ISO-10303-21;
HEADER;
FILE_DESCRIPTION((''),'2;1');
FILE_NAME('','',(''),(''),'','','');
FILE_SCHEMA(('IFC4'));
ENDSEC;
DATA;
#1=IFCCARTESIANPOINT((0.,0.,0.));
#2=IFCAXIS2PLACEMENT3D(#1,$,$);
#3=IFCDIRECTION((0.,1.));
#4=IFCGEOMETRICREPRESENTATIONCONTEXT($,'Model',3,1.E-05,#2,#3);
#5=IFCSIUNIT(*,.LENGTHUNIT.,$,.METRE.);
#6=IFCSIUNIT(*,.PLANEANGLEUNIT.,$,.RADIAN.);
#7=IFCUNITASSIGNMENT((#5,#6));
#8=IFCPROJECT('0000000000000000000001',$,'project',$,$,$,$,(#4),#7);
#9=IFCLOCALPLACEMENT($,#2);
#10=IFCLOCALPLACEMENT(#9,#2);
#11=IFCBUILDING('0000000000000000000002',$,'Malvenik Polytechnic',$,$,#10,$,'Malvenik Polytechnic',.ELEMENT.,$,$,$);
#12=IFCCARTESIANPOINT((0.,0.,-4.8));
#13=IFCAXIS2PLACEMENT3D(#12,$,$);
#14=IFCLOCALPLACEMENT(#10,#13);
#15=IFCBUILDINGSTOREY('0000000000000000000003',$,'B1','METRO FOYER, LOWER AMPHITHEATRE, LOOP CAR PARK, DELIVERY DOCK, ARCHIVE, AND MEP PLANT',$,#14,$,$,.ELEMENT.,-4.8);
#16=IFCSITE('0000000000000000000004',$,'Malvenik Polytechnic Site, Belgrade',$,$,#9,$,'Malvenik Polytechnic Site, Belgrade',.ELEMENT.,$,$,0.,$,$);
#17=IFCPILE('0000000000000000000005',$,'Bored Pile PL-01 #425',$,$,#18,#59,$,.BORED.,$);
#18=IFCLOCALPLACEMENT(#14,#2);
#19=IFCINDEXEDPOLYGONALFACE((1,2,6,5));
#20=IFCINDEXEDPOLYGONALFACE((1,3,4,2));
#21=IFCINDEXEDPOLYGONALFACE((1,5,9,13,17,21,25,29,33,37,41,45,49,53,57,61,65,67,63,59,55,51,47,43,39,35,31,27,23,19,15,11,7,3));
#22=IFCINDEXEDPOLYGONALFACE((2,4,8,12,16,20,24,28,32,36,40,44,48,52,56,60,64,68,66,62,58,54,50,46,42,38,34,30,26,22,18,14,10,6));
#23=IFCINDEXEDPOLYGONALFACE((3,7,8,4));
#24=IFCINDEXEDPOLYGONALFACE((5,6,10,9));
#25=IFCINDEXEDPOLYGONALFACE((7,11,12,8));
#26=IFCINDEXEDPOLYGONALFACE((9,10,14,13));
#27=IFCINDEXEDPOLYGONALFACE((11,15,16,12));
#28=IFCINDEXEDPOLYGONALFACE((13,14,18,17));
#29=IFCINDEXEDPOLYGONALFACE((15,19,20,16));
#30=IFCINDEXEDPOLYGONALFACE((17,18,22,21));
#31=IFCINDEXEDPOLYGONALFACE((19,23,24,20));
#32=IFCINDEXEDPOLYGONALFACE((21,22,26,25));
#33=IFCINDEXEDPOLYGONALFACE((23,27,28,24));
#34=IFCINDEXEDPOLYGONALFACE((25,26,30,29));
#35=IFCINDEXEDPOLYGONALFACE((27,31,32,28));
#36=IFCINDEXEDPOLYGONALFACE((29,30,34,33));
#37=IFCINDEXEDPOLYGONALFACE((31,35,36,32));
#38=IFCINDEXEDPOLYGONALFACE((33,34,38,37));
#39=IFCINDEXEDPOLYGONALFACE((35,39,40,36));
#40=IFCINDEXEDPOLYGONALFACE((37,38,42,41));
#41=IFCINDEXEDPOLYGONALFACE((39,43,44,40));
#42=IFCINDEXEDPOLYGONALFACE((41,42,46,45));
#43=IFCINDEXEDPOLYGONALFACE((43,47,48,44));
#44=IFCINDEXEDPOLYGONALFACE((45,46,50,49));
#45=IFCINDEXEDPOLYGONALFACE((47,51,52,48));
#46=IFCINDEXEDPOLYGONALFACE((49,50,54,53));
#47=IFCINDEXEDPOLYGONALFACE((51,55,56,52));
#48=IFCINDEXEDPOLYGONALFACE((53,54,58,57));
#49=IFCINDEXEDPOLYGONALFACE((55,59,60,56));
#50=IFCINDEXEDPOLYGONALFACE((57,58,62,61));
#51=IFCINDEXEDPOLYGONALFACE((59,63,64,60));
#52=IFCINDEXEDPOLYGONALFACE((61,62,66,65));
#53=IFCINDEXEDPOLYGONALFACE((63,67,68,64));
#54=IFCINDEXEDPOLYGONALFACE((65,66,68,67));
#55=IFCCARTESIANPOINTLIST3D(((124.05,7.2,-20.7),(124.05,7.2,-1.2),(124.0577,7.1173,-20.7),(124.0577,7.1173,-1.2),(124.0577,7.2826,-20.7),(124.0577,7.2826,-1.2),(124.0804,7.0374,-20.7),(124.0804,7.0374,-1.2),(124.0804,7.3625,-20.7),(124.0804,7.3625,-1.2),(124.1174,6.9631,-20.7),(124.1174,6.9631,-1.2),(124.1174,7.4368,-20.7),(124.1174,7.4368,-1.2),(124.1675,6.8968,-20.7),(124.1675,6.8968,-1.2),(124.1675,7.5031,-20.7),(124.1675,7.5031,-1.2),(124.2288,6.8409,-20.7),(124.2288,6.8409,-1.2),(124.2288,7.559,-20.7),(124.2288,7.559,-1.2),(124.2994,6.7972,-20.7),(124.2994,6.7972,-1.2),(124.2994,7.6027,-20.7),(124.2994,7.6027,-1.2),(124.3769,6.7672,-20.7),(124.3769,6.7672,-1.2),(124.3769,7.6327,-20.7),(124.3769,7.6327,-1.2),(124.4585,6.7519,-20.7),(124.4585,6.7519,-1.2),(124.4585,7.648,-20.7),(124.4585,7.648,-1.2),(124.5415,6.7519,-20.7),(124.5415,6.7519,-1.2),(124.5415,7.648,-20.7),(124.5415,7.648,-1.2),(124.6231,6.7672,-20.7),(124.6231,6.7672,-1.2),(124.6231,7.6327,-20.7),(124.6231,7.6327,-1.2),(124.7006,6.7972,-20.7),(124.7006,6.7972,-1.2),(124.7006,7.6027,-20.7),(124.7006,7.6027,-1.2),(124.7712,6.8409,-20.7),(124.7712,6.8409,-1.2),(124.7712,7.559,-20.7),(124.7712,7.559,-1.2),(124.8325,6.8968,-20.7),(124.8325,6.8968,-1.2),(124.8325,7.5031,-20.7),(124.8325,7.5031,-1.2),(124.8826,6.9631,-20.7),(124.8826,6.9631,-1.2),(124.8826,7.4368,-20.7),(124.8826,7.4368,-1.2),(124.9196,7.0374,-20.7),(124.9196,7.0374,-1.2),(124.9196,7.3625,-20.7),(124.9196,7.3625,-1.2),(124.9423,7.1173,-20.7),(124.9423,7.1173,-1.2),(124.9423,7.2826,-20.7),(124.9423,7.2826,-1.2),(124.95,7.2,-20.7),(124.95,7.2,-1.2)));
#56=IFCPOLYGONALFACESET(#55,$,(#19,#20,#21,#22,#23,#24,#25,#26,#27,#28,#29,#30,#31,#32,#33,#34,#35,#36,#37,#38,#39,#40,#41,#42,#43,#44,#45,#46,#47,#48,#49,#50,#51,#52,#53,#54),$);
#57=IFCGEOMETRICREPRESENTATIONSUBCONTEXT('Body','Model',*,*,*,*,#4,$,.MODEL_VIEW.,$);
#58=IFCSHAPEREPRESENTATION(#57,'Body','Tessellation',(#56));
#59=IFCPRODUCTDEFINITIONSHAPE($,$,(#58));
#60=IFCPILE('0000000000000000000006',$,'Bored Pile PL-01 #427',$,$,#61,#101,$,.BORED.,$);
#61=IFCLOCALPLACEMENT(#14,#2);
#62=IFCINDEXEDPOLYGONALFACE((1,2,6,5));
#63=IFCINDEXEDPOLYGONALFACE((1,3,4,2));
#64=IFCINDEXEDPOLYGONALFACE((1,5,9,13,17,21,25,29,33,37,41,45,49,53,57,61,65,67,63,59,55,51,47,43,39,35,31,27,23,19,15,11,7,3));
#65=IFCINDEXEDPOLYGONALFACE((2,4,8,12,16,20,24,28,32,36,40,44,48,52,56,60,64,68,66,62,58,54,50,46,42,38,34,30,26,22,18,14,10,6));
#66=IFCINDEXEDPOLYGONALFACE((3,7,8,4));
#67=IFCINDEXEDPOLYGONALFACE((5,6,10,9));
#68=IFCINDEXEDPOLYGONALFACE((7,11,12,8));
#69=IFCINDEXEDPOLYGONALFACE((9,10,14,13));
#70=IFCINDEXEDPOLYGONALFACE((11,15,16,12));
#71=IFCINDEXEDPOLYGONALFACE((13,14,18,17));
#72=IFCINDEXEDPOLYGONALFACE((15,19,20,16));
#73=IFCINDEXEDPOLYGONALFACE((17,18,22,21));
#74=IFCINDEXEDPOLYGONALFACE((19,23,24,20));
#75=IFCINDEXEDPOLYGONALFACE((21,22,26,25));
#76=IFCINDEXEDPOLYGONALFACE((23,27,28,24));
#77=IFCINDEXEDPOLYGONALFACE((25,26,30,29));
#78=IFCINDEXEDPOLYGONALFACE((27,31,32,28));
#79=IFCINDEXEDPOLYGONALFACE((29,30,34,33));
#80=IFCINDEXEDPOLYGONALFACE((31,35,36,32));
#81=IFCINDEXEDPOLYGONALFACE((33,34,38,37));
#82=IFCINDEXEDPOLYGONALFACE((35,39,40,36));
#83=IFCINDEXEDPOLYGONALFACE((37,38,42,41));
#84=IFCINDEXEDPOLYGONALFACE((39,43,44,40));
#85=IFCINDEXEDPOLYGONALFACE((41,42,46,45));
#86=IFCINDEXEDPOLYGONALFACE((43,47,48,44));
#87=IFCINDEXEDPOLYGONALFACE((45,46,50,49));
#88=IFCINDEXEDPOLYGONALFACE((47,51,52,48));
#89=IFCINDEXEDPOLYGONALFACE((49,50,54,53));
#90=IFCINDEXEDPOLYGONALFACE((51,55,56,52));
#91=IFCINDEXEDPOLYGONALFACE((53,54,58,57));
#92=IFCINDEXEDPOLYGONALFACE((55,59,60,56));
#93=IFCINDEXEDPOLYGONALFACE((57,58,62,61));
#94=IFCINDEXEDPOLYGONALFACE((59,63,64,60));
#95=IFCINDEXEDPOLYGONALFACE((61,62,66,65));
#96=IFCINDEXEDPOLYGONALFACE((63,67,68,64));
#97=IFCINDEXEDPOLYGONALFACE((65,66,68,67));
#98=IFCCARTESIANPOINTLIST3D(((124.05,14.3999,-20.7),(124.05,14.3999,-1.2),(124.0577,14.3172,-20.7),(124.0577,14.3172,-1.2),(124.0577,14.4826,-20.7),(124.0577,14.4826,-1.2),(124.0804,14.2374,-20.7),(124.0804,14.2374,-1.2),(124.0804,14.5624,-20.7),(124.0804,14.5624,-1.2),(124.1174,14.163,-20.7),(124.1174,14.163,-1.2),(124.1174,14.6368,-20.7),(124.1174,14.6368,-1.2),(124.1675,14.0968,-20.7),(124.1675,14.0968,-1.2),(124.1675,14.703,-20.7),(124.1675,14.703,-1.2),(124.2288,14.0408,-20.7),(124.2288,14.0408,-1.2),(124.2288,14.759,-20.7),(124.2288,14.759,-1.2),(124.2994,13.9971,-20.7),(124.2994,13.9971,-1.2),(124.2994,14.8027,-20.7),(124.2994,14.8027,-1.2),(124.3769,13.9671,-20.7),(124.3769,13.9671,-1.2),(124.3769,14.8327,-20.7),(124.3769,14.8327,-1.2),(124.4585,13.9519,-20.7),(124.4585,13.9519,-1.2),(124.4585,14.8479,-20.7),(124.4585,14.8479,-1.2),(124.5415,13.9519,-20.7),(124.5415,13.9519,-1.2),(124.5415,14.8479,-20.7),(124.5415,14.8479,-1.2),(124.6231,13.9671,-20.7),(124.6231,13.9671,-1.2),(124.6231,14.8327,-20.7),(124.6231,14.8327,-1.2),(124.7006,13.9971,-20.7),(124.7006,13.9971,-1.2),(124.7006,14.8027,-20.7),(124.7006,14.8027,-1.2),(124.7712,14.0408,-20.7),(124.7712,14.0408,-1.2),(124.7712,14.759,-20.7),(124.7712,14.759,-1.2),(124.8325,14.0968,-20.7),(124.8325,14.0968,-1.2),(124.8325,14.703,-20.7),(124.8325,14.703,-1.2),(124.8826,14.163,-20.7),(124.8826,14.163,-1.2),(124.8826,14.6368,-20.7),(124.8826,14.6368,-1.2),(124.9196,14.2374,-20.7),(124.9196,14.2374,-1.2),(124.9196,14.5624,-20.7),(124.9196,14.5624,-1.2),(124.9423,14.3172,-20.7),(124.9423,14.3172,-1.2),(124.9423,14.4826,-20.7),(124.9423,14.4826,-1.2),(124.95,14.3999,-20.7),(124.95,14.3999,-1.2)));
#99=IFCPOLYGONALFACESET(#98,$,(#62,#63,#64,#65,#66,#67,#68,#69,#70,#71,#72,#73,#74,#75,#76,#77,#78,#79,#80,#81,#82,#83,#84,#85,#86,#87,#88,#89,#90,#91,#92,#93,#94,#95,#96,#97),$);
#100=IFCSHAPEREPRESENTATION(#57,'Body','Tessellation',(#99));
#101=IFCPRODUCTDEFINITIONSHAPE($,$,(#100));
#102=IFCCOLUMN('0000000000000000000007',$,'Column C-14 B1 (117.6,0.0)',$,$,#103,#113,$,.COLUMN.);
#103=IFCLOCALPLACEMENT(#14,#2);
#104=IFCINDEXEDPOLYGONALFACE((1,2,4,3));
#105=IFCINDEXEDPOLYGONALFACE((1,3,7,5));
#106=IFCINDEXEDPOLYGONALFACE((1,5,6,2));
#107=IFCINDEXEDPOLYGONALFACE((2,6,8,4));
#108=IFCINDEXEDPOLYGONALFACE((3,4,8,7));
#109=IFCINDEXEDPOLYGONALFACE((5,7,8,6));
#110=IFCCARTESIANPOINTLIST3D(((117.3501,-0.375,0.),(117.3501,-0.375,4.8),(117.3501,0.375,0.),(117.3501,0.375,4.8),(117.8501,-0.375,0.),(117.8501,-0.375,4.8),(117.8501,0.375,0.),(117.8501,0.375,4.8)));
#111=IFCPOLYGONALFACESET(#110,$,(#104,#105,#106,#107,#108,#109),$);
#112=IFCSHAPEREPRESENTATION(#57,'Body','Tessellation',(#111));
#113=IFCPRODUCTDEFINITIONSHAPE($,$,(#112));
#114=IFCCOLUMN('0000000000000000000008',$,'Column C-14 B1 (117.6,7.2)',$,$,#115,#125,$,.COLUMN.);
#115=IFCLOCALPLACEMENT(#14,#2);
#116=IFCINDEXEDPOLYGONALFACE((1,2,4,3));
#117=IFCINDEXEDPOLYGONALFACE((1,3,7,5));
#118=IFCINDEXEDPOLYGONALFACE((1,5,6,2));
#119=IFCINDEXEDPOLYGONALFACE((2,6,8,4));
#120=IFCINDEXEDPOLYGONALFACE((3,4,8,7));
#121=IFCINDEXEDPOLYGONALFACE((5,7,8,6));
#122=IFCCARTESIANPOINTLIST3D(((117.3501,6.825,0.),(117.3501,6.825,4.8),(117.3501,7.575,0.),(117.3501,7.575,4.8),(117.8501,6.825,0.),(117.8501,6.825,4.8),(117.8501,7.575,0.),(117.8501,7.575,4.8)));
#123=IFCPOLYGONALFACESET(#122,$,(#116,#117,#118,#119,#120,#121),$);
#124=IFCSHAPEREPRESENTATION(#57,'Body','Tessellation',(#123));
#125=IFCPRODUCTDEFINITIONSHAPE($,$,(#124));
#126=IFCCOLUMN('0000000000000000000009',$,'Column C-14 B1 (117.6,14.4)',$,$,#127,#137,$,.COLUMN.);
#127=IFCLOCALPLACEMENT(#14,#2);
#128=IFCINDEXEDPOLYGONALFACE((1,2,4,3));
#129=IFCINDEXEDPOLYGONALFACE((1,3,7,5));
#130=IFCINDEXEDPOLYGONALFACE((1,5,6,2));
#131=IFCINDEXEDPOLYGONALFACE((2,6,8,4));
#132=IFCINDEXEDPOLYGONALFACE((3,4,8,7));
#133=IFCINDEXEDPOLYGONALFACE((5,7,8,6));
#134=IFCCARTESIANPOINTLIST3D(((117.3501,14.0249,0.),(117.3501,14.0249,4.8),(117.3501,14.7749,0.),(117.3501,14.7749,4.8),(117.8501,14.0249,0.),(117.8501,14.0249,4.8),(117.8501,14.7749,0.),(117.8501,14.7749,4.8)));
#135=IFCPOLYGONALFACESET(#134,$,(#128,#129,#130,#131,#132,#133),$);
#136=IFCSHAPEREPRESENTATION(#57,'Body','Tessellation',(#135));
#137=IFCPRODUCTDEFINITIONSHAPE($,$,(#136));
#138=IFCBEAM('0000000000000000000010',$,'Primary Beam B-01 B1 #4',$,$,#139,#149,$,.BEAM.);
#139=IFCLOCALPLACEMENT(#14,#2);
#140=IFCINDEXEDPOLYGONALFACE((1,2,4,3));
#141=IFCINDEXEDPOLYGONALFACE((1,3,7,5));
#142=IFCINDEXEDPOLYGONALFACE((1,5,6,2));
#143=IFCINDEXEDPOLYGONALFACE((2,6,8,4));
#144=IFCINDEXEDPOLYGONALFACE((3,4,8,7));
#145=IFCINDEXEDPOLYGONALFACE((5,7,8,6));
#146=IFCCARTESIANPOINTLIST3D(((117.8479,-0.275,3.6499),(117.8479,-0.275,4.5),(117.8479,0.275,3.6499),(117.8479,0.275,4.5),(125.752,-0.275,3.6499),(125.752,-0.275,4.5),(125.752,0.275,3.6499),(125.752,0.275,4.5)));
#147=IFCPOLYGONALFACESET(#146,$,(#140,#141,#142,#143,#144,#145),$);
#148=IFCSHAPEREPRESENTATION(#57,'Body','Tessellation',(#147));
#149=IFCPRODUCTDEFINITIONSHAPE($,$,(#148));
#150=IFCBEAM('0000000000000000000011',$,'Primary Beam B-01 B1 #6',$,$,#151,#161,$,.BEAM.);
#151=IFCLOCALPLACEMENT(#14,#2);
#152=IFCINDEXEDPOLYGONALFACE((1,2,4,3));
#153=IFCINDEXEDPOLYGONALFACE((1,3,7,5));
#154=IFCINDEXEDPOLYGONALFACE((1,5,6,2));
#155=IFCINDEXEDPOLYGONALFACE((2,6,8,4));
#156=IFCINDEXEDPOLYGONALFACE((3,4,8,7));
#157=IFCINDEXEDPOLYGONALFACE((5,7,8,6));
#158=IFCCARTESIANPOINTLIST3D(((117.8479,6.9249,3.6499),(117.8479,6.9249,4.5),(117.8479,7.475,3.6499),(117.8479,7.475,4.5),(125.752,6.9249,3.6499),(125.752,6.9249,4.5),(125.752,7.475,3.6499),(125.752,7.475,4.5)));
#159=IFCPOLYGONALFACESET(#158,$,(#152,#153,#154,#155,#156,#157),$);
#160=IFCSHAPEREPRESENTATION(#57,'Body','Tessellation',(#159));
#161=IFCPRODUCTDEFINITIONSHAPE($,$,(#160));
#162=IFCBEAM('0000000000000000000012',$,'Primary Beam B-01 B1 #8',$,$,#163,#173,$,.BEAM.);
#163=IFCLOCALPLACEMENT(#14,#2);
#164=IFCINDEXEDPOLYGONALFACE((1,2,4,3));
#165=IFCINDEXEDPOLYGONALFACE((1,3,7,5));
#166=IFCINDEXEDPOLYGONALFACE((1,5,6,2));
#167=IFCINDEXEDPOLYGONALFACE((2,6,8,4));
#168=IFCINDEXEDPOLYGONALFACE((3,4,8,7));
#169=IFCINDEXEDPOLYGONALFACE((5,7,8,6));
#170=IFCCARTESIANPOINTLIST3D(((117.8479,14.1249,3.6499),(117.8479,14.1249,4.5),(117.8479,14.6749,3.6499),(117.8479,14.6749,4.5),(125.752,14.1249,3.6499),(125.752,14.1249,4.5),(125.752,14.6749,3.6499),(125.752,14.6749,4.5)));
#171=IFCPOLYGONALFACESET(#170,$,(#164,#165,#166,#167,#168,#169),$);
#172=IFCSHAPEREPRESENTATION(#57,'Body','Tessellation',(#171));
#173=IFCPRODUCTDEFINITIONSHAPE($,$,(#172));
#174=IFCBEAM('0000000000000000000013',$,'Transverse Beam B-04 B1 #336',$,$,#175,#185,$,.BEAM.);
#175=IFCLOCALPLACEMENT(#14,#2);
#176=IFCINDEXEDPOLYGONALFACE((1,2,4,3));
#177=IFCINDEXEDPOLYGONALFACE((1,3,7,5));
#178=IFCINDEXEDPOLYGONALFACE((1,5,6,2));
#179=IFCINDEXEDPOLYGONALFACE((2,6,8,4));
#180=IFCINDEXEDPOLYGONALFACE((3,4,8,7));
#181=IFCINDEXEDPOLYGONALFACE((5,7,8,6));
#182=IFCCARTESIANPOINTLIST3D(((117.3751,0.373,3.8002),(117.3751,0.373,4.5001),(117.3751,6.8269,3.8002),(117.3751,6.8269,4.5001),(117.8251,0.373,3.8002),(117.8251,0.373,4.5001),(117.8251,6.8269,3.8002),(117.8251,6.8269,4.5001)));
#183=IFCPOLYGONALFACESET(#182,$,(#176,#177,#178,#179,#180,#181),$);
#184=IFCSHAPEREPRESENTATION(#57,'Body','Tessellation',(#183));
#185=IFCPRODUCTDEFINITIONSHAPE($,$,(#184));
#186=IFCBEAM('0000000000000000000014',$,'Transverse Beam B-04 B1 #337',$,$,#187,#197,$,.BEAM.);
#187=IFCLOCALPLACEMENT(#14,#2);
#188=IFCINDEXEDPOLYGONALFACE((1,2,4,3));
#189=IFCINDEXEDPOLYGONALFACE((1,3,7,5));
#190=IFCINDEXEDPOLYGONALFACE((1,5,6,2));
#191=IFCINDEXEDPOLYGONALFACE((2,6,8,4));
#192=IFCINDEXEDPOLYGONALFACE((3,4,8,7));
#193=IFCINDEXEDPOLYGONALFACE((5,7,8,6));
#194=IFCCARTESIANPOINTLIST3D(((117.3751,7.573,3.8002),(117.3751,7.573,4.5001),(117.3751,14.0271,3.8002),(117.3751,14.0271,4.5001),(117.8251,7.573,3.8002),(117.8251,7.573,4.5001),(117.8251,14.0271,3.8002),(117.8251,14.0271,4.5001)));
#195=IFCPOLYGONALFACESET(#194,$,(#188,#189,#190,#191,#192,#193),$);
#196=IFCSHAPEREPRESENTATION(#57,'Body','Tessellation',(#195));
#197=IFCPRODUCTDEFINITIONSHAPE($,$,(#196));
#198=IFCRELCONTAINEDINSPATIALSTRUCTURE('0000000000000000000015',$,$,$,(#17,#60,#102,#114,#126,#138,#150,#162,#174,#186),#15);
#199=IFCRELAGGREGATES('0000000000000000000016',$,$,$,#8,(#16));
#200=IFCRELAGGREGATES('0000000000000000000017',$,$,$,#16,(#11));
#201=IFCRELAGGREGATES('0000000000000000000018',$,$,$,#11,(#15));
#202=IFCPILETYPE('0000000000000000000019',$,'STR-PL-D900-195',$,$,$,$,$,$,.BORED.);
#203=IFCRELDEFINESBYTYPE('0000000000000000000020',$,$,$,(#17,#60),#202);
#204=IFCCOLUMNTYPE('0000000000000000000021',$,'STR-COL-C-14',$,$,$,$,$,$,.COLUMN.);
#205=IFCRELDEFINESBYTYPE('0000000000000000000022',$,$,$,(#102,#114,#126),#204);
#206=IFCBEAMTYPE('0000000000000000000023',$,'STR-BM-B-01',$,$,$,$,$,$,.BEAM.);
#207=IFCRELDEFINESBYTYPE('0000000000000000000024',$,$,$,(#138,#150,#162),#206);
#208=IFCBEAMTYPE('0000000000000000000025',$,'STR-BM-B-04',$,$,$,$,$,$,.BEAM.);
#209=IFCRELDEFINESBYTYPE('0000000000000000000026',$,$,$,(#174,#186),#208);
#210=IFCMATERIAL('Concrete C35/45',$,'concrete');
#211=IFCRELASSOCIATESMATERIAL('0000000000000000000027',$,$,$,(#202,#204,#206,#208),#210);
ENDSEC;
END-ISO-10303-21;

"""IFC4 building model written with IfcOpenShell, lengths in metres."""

from ifc_helpers import new_model, si_unit, direction, frame, origin, origin_2d, place, context, subcontext, project, spatial, rectangle, circle, extrude, material, material_profile, profile_set, type_object, element, save


model = new_model("IFC4")

# Units and contexts
model_context = context("Model", 3, precision=1e-05, world=origin(), true_north=direction((0.0, 1.0)))
body_context = subcontext(model_context, "Body", "Model", "MODEL_VIEW")
ifc_project = project(units=[si_unit("LENGTHUNIT", "METRE"), si_unit("PLANEANGLEUNIT", "RADIAN")], contexts=[model_context])

# Site, building, storey
site_placement = place(None, origin())
site = spatial("IfcSite", under=ifc_project, at=site_placement, Name="Malvenik Polytechnic Site, Belgrade", LongName="Malvenik Polytechnic Site, Belgrade", CompositionType="ELEMENT", RefElevation=0.0)
building_placement = place(site_placement, origin())
building = spatial("IfcBuilding", under=site, at=building_placement, Name="Malvenik Polytechnic", LongName="Malvenik Polytechnic", CompositionType="ELEMENT")
storey_placement = place(building_placement, frame((0.0, 0.0, -4.8)))
storey = spatial("IfcBuildingStorey", under=building, at=storey_placement, Name="B1", Description="METRO FOYER, LOWER AMPHITHEATRE, LOOP CAR PARK, DELIVERY DOCK, ARCHIVE, AND MEP PLANT", CompositionType="ELEMENT", Elevation=-4.8)

# Shared definitions
ifc_material_1 = material(Name="Concrete C35/45", Category="concrete")

# Piles
ifc_material_profile_1 = material_profile(ifc_material_1, circle(Radius=0.45, at=origin_2d()), Name="BORED PILE D900")
ifc_profile_set_1 = profile_set([ifc_material_profile_1], Name="Concrete C35/45")
pile_type = type_object("IfcPileType", Name="STR-PL-D900-195", PredefinedType="BORED", material=ifc_profile_set_1)
for number, where, z_axis, x_axis, name in (
    (1, (124.5, 7.2, -1.2), (0.0, 0.0, -1.0), (1.0, 0.0, 0.0), "Bored Pile PL-01 #425"),
    (2, (124.5, 14.3999, -1.2), (0.0, 0.0, -1.0), (1.0, 0.0, 0.0), "Bored Pile PL-01 #427"),
):
    element("IfcPile", number, at=place(storey_placement, frame(where, z_axis=z_axis, x_axis=x_axis)), inside=storey, type_object=pile_type, Name=name, PredefinedType="BORED", context=body_context, shape_type="SweptSolid", body=[
        extrude(circle(Radius=0.45, at=origin_2d()), origin(), (0.0, 0.0, 1.0), 19.5),
    ])

# Columns
ifc_material_profile_2 = material_profile(ifc_material_1, rectangle(XDim=0.5, YDim=0.75, at=origin_2d()), Name="RC COL 750x500")
ifc_profile_set_2 = profile_set([ifc_material_profile_2], Name="Concrete C35/45")
column_type = type_object("IfcColumnType", Name="STR-COL-C-14", PredefinedType="COLUMN", material=ifc_profile_set_2)
for number, where, z_axis, x_axis, name in (
    (3, (117.6001, 0.0, 0.0), (0.0, 0.0, 1.0), (1.0, 0.0, 0.0), "Column C-14 B1 (117.6,0.0)"),
    (4, (117.6001, 7.2, 0.0), (0.0, 0.0, 1.0), (1.0, 0.0, 0.0), "Column C-14 B1 (117.6,7.2)"),
    (5, (117.6001, 14.3999, 0.0), (0.0, 0.0, 1.0), (1.0, 0.0, 0.0), "Column C-14 B1 (117.6,14.4)"),
):
    element("IfcColumn", number, at=place(storey_placement, frame(where, z_axis=z_axis, x_axis=x_axis)), inside=storey, type_object=column_type, Name=name, PredefinedType="COLUMN", context=body_context, shape_type="SweptSolid", body=[
        extrude(rectangle(XDim=0.5, YDim=0.75, at=origin_2d()), origin(), (0.0, 0.0, 1.0), 4.8),
    ])

# Beams
ifc_material_profile_3 = material_profile(ifc_material_1, rectangle(XDim=0.55, YDim=0.8501, at=origin_2d()), Name="RC BM 550x850")
ifc_profile_set_3 = profile_set([ifc_material_profile_3], Name="Concrete C35/45")
beam_type_1 = type_object("IfcBeamType", Name="STR-BM-B-01", PredefinedType="BEAM", material=ifc_profile_set_3)
for number, where, z_axis, x_axis, name in (
    (6, (117.8479, 0.0, 4.075), (1.0, 0.0, 0.0), (0.0, 1.0, 0.0), "Primary Beam B-01 B1 #4"),
    (7, (117.8479, 7.2, 4.075), (1.0, 0.0, 0.0), (0.0, 1.0, 0.0), "Primary Beam B-01 B1 #6"),
    (8, (117.8479, 14.3999, 4.075), (1.0, 0.0, 0.0), (0.0, 1.0, 0.0), "Primary Beam B-01 B1 #8"),
):
    element("IfcBeam", number, at=place(storey_placement, frame(where, z_axis=z_axis, x_axis=x_axis)), inside=storey, type_object=beam_type_1, Name=name, PredefinedType="BEAM", context=body_context, shape_type="SweptSolid", body=[
        extrude(rectangle(XDim=0.55, YDim=0.8501, at=origin_2d()), origin(), (0.0, 0.0, 1.0), 7.9041),
    ])
ifc_material_profile_4 = material_profile(ifc_material_1, rectangle(XDim=0.45, YDim=0.7, at=origin_2d()), Name="RC BM 450x700")
ifc_profile_set_4 = profile_set([ifc_material_profile_4], Name="Concrete C35/45")
beam_type_2 = type_object("IfcBeamType", Name="STR-BM-B-04", PredefinedType="BEAM", material=ifc_profile_set_4)
beam_1_placement = place(storey_placement, frame((117.6001, 0.373, 4.1501), z_axis=(0.0, 1.0, 0.0), x_axis=(-1.0, 0.0, 0.0)))
element("IfcBeam", 9, at=beam_1_placement, inside=storey, type_object=beam_type_2, Name="Transverse Beam B-04 B1 #336", PredefinedType="BEAM", context=body_context, shape_type="SweptSolid", body=[
    extrude(rectangle(XDim=0.45, YDim=0.7, at=origin_2d()), origin(), (0.0, 0.0, 1.0), 6.4539),
])
beam_2_placement = place(storey_placement, frame((117.6001, 7.573, 4.1501), z_axis=(0.0, 1.0, 0.0), x_axis=(-1.0, 0.0, 0.0)))
element("IfcBeam", 10, at=beam_2_placement, inside=storey, type_object=beam_type_2, Name="Transverse Beam B-04 B1 #337", PredefinedType="BEAM", context=body_context, shape_type="SweptSolid", body=[
    extrude(rectangle(XDim=0.45, YDim=0.7, at=origin_2d()), origin(), (0.0, 0.0, 1.0), 6.4541),
])

save(model, "model.ifc")
